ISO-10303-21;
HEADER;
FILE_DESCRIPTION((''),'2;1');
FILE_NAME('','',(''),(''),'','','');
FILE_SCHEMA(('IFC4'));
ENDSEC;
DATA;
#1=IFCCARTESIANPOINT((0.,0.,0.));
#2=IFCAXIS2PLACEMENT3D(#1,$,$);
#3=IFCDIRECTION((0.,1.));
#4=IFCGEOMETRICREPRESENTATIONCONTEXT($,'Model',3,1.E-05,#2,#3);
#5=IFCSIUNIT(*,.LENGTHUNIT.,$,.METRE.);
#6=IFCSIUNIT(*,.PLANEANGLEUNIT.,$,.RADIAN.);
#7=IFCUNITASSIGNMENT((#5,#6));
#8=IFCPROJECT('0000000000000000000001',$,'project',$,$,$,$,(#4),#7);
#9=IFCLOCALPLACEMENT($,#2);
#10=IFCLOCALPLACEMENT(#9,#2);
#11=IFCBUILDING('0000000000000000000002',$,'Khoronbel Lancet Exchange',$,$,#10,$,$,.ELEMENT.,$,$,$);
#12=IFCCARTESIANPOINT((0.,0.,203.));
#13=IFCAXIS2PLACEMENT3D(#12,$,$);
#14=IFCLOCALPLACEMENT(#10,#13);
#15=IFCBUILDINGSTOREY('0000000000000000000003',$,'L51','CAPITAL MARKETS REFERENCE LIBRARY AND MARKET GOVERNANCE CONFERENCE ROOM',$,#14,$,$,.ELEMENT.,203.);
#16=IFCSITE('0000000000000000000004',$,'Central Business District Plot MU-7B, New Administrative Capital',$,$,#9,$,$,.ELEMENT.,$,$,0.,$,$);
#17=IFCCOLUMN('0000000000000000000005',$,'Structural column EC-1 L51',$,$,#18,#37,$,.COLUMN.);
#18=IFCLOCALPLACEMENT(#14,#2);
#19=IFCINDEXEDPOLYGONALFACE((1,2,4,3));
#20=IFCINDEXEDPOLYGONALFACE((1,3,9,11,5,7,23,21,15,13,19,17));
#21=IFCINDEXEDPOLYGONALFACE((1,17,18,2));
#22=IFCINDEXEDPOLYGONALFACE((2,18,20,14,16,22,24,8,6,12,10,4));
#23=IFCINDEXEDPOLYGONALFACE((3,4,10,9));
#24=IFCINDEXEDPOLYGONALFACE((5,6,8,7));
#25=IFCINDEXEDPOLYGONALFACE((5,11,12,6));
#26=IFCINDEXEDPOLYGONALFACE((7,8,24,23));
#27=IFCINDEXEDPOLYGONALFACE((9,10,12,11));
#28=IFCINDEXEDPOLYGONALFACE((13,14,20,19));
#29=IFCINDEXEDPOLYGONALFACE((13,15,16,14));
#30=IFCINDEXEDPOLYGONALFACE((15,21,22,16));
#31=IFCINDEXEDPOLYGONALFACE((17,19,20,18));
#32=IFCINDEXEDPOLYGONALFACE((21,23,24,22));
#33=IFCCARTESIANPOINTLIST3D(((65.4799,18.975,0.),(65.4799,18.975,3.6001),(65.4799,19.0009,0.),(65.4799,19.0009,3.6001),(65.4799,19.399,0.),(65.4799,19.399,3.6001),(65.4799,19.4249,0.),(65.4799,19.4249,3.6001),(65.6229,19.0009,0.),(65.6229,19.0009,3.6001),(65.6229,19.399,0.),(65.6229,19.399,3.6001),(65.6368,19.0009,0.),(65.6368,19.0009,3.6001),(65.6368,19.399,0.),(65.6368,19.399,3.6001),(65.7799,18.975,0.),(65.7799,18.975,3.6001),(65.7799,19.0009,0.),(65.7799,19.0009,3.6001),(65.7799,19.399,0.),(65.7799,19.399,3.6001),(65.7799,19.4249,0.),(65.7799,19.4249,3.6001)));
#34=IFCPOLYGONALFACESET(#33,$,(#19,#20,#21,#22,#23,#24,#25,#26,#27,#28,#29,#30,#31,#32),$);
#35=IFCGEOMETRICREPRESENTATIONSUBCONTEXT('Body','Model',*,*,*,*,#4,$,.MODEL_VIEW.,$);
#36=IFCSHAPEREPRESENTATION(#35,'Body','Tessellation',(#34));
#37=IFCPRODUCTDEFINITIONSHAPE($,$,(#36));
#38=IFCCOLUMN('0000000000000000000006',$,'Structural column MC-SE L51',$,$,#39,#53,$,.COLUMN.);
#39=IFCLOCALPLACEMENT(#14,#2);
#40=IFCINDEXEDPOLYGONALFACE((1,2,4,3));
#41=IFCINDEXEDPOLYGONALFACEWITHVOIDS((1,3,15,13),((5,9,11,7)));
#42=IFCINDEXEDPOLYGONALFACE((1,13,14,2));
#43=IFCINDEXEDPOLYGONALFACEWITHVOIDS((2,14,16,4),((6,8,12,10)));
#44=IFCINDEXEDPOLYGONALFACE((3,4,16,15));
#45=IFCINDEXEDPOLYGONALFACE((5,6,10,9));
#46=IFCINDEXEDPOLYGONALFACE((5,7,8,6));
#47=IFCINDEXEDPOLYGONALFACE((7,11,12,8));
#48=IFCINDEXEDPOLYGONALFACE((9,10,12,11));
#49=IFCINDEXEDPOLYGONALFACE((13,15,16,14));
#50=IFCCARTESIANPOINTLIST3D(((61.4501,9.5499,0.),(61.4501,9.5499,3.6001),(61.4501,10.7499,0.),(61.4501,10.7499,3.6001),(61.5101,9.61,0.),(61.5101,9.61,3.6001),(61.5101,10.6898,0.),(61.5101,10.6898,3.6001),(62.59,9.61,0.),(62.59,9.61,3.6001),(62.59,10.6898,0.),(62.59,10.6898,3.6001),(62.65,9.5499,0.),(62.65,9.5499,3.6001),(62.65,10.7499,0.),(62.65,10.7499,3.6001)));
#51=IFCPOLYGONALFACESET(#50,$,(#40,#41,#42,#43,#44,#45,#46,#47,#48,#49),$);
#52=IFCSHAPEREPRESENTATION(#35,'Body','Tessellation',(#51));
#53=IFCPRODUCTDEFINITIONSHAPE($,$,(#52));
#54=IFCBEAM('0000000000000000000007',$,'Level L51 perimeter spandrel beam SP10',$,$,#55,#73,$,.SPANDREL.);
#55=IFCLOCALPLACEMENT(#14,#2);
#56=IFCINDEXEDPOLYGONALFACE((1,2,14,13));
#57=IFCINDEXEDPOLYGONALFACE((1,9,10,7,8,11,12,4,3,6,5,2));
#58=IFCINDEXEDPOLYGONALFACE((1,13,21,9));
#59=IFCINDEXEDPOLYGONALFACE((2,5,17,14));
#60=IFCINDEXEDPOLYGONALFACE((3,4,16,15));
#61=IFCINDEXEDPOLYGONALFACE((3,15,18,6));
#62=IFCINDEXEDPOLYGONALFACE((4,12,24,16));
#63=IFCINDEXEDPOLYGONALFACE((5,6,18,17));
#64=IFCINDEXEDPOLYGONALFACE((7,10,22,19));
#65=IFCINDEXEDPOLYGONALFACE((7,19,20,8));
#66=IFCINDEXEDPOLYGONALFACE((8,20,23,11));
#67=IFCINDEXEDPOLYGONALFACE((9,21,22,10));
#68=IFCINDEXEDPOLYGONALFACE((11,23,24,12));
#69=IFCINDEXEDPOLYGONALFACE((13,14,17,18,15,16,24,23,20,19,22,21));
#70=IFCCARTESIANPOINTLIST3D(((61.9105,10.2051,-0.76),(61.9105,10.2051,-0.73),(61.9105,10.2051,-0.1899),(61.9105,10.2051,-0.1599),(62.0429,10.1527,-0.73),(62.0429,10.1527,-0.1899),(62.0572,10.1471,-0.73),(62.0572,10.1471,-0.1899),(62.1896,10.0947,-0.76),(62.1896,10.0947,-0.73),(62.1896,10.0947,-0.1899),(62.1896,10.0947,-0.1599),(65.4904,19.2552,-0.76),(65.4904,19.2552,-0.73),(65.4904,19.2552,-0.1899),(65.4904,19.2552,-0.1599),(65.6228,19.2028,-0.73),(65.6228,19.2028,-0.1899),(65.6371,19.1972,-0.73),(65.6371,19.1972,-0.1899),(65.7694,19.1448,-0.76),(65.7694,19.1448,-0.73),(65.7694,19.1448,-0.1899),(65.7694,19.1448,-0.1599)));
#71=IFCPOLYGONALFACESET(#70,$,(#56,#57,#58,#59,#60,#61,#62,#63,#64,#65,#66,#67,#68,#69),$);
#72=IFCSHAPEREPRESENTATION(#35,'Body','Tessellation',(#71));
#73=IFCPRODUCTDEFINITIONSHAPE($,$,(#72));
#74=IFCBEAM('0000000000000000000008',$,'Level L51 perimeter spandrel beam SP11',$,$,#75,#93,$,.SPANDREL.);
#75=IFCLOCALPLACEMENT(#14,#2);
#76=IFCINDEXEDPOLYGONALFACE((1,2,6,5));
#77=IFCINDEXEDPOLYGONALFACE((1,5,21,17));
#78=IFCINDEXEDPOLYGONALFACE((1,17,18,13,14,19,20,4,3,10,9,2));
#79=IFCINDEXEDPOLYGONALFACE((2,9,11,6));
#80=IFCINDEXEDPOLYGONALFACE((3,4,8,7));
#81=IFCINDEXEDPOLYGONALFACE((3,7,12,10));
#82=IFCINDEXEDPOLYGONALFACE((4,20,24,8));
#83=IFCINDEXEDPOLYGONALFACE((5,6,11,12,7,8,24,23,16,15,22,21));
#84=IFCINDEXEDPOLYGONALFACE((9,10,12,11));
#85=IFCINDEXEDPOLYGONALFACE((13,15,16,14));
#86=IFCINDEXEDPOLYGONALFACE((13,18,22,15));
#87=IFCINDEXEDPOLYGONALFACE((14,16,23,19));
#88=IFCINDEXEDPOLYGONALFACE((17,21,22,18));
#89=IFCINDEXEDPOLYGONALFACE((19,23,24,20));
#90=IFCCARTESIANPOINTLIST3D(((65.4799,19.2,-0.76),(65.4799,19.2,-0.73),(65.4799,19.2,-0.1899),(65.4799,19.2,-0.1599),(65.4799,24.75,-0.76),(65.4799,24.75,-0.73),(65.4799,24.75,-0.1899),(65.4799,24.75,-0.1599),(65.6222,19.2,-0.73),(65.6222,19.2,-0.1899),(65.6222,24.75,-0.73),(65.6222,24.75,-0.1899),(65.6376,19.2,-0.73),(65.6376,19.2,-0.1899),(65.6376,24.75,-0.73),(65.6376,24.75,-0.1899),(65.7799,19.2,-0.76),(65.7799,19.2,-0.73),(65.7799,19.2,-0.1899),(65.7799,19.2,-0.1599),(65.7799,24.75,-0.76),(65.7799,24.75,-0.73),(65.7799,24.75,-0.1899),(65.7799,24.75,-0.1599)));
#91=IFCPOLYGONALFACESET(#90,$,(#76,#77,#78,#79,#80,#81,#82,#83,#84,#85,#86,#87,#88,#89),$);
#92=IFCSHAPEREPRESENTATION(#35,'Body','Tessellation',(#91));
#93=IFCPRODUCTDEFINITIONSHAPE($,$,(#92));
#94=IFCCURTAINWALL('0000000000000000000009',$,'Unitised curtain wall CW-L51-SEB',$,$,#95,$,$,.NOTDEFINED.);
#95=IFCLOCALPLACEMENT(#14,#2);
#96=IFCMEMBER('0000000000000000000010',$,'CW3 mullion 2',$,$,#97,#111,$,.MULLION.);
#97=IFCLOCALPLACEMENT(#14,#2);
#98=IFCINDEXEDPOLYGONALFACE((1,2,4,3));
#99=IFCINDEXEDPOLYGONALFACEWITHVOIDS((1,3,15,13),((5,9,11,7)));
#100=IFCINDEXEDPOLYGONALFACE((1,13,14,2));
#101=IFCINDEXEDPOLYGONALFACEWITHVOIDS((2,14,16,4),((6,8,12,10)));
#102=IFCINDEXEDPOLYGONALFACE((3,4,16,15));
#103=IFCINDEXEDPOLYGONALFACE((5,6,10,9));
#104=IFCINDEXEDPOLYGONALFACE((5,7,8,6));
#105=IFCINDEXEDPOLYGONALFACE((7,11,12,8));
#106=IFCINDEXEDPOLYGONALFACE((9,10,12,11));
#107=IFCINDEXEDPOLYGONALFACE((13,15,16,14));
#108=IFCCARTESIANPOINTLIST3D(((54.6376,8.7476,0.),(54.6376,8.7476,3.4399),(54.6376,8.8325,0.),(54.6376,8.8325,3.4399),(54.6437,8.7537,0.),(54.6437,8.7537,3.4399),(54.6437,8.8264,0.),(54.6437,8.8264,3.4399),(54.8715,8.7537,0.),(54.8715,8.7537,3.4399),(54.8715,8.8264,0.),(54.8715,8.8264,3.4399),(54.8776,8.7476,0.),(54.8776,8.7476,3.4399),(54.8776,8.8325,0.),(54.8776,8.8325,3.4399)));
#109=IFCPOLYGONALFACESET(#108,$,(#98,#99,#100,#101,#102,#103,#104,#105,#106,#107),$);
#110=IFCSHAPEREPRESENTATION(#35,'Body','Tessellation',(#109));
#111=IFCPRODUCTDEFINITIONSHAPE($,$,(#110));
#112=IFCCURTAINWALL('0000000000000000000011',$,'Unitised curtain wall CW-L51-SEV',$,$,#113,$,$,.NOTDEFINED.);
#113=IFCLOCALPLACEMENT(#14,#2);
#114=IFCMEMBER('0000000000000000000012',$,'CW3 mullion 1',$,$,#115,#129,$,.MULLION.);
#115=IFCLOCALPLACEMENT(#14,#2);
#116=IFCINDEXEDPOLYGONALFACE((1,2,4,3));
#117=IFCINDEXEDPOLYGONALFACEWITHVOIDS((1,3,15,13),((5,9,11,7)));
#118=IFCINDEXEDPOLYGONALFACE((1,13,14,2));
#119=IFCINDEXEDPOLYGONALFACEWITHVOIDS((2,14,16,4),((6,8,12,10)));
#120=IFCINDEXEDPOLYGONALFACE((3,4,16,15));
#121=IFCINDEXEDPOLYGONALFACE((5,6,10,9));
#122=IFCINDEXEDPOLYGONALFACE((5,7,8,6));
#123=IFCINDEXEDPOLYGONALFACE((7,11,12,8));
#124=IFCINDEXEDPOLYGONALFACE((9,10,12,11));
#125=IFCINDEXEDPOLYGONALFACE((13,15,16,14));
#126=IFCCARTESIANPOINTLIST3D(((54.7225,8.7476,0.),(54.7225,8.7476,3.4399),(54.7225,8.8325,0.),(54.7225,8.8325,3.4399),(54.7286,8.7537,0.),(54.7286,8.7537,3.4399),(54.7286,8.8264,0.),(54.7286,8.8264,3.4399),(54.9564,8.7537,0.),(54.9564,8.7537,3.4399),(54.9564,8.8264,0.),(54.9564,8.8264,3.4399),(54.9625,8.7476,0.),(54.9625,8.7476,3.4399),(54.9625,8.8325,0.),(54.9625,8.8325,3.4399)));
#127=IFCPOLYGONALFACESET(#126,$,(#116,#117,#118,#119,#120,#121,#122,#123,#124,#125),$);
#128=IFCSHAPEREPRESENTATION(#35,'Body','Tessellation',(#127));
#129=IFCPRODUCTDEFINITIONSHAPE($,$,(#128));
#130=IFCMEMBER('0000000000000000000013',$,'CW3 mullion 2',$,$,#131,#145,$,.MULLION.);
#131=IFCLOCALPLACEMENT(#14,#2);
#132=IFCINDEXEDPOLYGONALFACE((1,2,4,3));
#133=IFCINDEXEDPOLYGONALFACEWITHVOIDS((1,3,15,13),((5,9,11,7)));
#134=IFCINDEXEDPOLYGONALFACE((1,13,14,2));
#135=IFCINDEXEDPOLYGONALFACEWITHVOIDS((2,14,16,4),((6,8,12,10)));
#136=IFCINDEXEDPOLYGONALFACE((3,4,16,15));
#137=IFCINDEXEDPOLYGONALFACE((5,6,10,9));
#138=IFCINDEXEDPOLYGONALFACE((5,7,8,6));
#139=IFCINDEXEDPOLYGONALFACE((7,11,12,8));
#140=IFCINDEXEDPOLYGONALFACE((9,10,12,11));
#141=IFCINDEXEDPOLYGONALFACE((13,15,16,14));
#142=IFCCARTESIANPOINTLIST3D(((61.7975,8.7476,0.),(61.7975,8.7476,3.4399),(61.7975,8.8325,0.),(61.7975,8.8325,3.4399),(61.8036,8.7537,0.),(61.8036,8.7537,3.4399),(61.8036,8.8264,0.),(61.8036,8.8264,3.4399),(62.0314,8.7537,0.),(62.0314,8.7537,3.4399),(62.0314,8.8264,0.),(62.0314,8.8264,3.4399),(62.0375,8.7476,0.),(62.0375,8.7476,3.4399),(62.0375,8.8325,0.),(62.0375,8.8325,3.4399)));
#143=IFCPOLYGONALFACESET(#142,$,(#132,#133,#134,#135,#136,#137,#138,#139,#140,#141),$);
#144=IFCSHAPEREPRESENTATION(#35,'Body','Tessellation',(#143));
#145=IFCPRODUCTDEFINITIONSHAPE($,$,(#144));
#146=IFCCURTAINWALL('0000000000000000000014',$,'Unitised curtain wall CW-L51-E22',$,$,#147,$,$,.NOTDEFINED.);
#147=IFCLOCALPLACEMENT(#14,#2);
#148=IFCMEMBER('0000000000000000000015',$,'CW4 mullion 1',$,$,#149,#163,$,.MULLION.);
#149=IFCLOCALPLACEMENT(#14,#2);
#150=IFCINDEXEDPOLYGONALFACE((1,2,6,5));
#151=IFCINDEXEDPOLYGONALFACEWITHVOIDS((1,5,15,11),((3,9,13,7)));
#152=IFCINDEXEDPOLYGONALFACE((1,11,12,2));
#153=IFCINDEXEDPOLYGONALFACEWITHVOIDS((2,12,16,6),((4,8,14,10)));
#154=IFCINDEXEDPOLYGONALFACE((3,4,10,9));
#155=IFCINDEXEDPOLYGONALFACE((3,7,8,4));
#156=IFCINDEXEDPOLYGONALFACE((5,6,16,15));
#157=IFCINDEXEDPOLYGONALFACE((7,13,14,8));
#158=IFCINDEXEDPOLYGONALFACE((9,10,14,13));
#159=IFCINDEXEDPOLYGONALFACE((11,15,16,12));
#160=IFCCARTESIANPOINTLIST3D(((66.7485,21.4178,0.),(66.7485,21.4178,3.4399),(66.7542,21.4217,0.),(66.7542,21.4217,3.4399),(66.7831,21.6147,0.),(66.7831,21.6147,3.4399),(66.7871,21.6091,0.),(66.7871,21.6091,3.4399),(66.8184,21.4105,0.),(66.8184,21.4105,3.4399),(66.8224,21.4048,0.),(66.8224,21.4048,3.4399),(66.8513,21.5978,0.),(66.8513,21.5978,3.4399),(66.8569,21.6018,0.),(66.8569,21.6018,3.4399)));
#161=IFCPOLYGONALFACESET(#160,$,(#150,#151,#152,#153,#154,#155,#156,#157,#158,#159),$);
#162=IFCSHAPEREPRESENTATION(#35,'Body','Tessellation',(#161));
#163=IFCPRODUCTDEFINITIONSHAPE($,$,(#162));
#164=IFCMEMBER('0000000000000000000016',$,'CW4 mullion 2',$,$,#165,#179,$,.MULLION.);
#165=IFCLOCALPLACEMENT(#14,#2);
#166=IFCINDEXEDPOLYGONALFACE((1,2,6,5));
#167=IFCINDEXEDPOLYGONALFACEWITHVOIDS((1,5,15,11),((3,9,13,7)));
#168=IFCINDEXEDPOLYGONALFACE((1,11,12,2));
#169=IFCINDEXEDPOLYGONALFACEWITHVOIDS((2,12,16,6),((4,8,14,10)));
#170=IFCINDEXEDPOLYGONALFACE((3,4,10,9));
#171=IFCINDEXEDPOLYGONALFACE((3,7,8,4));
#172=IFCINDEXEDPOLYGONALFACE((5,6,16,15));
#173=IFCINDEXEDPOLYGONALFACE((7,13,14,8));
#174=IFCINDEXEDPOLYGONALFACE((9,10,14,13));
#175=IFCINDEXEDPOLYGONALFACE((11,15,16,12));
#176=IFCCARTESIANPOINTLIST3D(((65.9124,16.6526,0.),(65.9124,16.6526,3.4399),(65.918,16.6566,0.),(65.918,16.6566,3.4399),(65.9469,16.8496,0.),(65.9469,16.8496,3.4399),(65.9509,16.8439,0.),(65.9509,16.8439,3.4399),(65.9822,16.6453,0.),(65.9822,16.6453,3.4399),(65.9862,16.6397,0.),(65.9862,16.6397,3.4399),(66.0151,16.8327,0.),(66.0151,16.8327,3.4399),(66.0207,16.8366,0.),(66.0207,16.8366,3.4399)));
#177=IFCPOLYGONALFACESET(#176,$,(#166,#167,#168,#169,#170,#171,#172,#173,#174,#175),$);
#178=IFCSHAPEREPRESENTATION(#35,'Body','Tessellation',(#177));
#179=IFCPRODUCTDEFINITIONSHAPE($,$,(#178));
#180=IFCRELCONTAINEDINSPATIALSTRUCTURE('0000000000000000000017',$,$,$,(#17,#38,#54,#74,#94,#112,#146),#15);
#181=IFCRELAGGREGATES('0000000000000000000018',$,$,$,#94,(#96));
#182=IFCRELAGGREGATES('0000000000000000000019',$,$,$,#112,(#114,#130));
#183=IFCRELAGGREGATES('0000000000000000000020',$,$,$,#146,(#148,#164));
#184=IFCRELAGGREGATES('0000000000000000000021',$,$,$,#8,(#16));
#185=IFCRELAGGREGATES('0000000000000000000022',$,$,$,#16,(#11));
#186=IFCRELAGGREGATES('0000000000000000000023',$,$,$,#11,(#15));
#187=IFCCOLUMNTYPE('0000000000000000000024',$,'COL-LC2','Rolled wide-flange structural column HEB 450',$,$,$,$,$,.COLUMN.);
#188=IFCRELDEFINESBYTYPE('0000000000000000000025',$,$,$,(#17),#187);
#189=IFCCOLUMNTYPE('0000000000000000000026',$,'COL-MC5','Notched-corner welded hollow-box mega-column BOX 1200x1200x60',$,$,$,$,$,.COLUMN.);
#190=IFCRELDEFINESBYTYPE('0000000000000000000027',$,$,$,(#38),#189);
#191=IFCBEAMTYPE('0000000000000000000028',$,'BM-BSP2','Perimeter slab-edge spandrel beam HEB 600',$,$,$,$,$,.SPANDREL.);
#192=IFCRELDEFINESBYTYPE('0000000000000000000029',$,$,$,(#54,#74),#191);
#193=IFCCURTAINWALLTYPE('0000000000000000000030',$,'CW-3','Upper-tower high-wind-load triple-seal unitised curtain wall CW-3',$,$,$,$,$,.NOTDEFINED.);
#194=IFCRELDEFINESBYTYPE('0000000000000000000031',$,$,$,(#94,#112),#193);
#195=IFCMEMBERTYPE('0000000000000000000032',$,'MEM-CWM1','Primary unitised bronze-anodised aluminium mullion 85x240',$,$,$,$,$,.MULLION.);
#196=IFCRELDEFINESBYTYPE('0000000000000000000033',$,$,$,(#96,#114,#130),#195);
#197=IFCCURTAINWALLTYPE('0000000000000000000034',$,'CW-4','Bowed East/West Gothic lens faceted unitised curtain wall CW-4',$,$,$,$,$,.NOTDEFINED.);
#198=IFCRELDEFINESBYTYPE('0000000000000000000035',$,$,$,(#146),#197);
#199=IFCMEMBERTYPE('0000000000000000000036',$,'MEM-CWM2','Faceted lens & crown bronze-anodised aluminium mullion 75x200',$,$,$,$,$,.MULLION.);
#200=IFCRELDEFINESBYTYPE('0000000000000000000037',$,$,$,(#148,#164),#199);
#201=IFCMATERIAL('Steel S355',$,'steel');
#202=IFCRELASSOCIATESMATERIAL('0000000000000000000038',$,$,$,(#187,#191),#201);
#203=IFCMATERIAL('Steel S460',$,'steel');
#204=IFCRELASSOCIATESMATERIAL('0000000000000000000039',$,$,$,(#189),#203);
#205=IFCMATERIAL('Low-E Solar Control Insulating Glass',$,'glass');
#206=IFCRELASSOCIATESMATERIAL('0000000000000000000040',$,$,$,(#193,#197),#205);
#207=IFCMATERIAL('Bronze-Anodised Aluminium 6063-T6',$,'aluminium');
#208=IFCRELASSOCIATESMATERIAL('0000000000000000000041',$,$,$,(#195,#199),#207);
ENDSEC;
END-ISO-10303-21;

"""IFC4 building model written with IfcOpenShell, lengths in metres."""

from ifc_helpers import new_model, si_unit, direction, frame, origin, origin_2d, place, context, subcontext, project, spatial, hollow_rectangle, i_section, extrude, material, material_profile, profile_set, type_object, element, aggregate, save


model = new_model("IFC4")

# Units and contexts
model_context = context("Model", 3, precision=1e-05, world=origin(), true_north=direction((0.0, 1.0)))
body_context = subcontext(model_context, "Body", "Model", "MODEL_VIEW")
ifc_project = project(units=[si_unit("LENGTHUNIT", "METRE"), si_unit("PLANEANGLEUNIT", "RADIAN")], contexts=[model_context])

# Site, building, storey
site_placement = place(None, origin())
site = spatial("IfcSite", under=ifc_project, at=site_placement, Name="Central Business District Plot MU-7B, New Administrative Capital", CompositionType="ELEMENT", RefElevation=0.0)
building_placement = place(site_placement, origin())
building = spatial("IfcBuilding", under=site, at=building_placement, Name="Khoronbel Lancet Exchange", CompositionType="ELEMENT")
storey_placement = place(building_placement, frame((0.0, 0.0, 203.0)))
storey = spatial("IfcBuildingStorey", under=building, at=storey_placement, Name="L51", Description="CAPITAL MARKETS REFERENCE LIBRARY AND MARKET GOVERNANCE CONFERENCE ROOM", CompositionType="ELEMENT", Elevation=203.0)

# Columns
ifc_material_1 = material(Name="Steel S355", Category="steel")
ifc_material_profile_1 = material_profile(ifc_material_1, i_section(OverallWidth=0.3, OverallDepth=0.45, WebThickness=0.0139, FlangeThickness=0.0259, at=origin_2d()), Name="HEB 450")
ifc_profile_set_1 = profile_set([ifc_material_profile_1], Name="Steel S355")
column_type_1 = type_object("IfcColumnType", Name="COL-LC2", Description="Rolled wide-flange structural column HEB 450", PredefinedType="COLUMN", material=ifc_profile_set_1)
column_1_placement = place(storey_placement, frame((65.6299, 19.2, 0.0), z_axis=(0.0, 0.0, 1.0), x_axis=(1.0, 0.0, 0.0)))
element("IfcColumn", 1, at=column_1_placement, inside=storey, type_object=column_type_1, Name="Structural column EC-1 L51", PredefinedType="COLUMN", context=body_context, shape_type="SweptSolid", body=[
    extrude(i_section(OverallWidth=0.3, OverallDepth=0.45, WebThickness=0.0139, FlangeThickness=0.0259, at=origin_2d()), origin(), (0.0, 0.0, 1.0), 3.6001),
])
ifc_material_2 = material(Name="Steel S460", Category="steel")
ifc_material_profile_2 = material_profile(ifc_material_2, hollow_rectangle(XDim=1.2, YDim=1.2, WallThickness=0.0601, at=origin_2d()), Name="BOX 1200x1200x60")
ifc_profile_set_2 = profile_set([ifc_material_profile_2], Name="Steel S460")
column_type_2 = type_object("IfcColumnType", Name="COL-MC5", Description="Notched-corner welded hollow-box mega-column BOX 1200x1200x60", PredefinedType="COLUMN", material=ifc_profile_set_2)
column_2_placement = place(storey_placement, frame((62.05, 10.1499, 0.0), z_axis=(0.0, 0.0, 1.0), x_axis=(1.0, 0.0, 0.0)))
element("IfcColumn", 2, at=column_2_placement, inside=storey, type_object=column_type_2, Name="Structural column MC-SE L51", PredefinedType="COLUMN", context=body_context, shape_type="SweptSolid", body=[
    extrude(hollow_rectangle(XDim=1.2, YDim=1.2, WallThickness=0.0601, at=origin_2d()), origin(), (0.0, 0.0, 1.0), 3.6001),
])

# Beams
ifc_material_profile_3 = material_profile(ifc_material_1, i_section(OverallWidth=0.3, OverallDepth=0.6001, WebThickness=0.0154, FlangeThickness=0.03, at=origin_2d()), Name="HEB 600")
ifc_profile_set_3 = profile_set([ifc_material_profile_3], Name="Steel S355")
beam_type = type_object("IfcBeamType", Name="BM-BSP2", Description="Perimeter slab-edge spandrel beam HEB 600", PredefinedType="SPANDREL", material=ifc_profile_set_3)
beam_1_placement = place(storey_placement, frame((62.05, 10.1499, -0.46), z_axis=(0.367828, 0.929894, 0.0), x_axis=(-0.929894, 0.367828, 0.0)))
element("IfcBeam", 3, at=beam_1_placement, inside=storey, type_object=beam_type, Name="Level L51 perimeter spandrel beam SP10", PredefinedType="SPANDREL", context=body_context, shape_type="SweptSolid", body=[
    extrude(i_section(OverallWidth=0.3, OverallDepth=0.6001, WebThickness=0.0154, FlangeThickness=0.03, at=origin_2d()), origin(), (0.0, 0.0, 1.0), 9.7324),
])
beam_2_placement = place(storey_placement, frame((65.6299, 19.2, -0.46), z_axis=(0.0, 1.0, 0.0), x_axis=(-1.0, 0.0, 0.0)))
element("IfcBeam", 4, at=beam_2_placement, inside=storey, type_object=beam_type, Name="Level L51 perimeter spandrel beam SP11", PredefinedType="SPANDREL", context=body_context, shape_type="SweptSolid", body=[
    extrude(i_section(OverallWidth=0.3, OverallDepth=0.6001, WebThickness=0.0154, FlangeThickness=0.03, at=origin_2d()), origin(), (0.0, 0.0, 1.0), 5.55),
])

# Curtain wall, member
ifc_material_3 = material(Name="Low-E Solar Control Insulating Glass", Category="glass")
curtain_wall_type_1 = type_object("IfcCurtainWallType", Name="CW-3", Description="Upper-tower high-wind-load triple-seal unitised curtain wall CW-3", PredefinedType="NOTDEFINED", material=ifc_material_3)
curtain_wall_1_placement = place(storey_placement, origin())
curtain_wall_1 = element("IfcCurtainWall", 5, at=curtain_wall_1_placement, inside=storey, type_object=curtain_wall_type_1, Name="Unitised curtain wall CW-L51-SEB", PredefinedType="NOTDEFINED")
ifc_material_4 = material(Name="Bronze-Anodised Aluminium 6063-T6", Category="aluminium")
ifc_material_profile_4 = material_profile(ifc_material_4, hollow_rectangle(XDim=0.085, YDim=0.24, WallThickness=0.0061, at=origin_2d()), Name="ALU MULLION 85x240")
ifc_profile_set_4 = profile_set([ifc_material_profile_4], Name="Bronze-Anodised Aluminium 6063-T6")
member_type_1 = type_object("IfcMemberType", Name="MEM-CWM1", Description="Primary unitised bronze-anodised aluminium mullion 85x240", PredefinedType="MULLION", material=ifc_profile_set_4)
member_1_placement = place(storey_placement, frame((54.7576, 8.79, 0.0), z_axis=(0.0, 0.0, 1.0), x_axis=(0.0, 1.0, 0.0)))
member_1 = element("IfcMember", 6, at=member_1_placement, type_object=member_type_1, Name="CW3 mullion 2", PredefinedType="MULLION", context=body_context, shape_type="SweptSolid", body=[
    extrude(hollow_rectangle(XDim=0.085, YDim=0.24, WallThickness=0.0061, at=origin_2d()), origin(), (0.0, 0.0, 1.0), 3.4399),
])
aggregate(curtain_wall_1, [member_1])

# Curtain walls, members
curtain_wall_2_placement = place(storey_placement, origin())
curtain_wall_2 = element("IfcCurtainWall", 7, at=curtain_wall_2_placement, inside=storey, type_object=curtain_wall_type_1, Name="Unitised curtain wall CW-L51-SEV", PredefinedType="NOTDEFINED")
member_2_placement = place(storey_placement, frame((54.8425, 8.79, 0.0), z_axis=(0.0, 0.0, 1.0), x_axis=(0.0, 1.0, 0.0)))
member_2 = element("IfcMember", 8, at=member_2_placement, type_object=member_type_1, Name="CW3 mullion 1", PredefinedType="MULLION", context=body_context, shape_type="SweptSolid", body=[
    extrude(hollow_rectangle(XDim=0.085, YDim=0.24, WallThickness=0.0061, at=origin_2d()), origin(), (0.0, 0.0, 1.0), 3.4399),
])
member_3_placement = place(storey_placement, frame((61.9175, 8.79, 0.0), z_axis=(0.0, 0.0, 1.0), x_axis=(0.0, 1.0, 0.0)))
member_3 = element("IfcMember", 9, at=member_3_placement, type_object=member_type_1, Name="CW3 mullion 2", PredefinedType="MULLION", context=body_context, shape_type="SweptSolid", body=[
    extrude(hollow_rectangle(XDim=0.085, YDim=0.24, WallThickness=0.0061, at=origin_2d()), origin(), (0.0, 0.0, 1.0), 3.4399),
])
curtain_wall_type_2 = type_object("IfcCurtainWallType", Name="CW-4", Description="Bowed East/West Gothic lens faceted unitised curtain wall CW-4", PredefinedType="NOTDEFINED", material=ifc_material_3)
curtain_wall_3_placement = place(storey_placement, origin())
curtain_wall_3 = element("IfcCurtainWall", 10, at=curtain_wall_3_placement, inside=storey, type_object=curtain_wall_type_2, Name="Unitised curtain wall CW-L51-E22", PredefinedType="NOTDEFINED")
ifc_material_profile_5 = material_profile(ifc_material_4, hollow_rectangle(XDim=0.075, YDim=0.2, WallThickness=0.0049, at=origin_2d()), Name="ALU MULLION 75x200")
ifc_profile_set_5 = profile_set([ifc_material_profile_5], Name="Bronze-Anodised Aluminium 6063-T6")
member_type_2 = type_object("IfcMemberType", Name="MEM-CWM2", Description="Faceted lens & crown bronze-anodised aluminium mullion 75x200", PredefinedType="MULLION", material=ifc_profile_set_5)
member_4_placement = place(storey_placement, frame((66.8027, 21.5098, 0.0), z_axis=(0.0, 0.0, 1.0), x_axis=(0.984945, -0.172869, 0.0)))
member_4 = element("IfcMember", 11, at=member_4_placement, type_object=member_type_2, Name="CW4 mullion 1", PredefinedType="MULLION", context=body_context, shape_type="SweptSolid", body=[
    extrude(hollow_rectangle(XDim=0.075, YDim=0.2, WallThickness=0.0049, at=origin_2d()), origin(), (0.0, 0.0, 1.0), 3.4399),
])
member_5_placement = place(storey_placement, frame((65.9666, 16.7446, 0.0), z_axis=(0.0, 0.0, 1.0), x_axis=(0.984945, -0.172869, 0.0)))
member_5 = element("IfcMember", 12, at=member_5_placement, type_object=member_type_2, Name="CW4 mullion 2", PredefinedType="MULLION", context=body_context, shape_type="SweptSolid", body=[
    extrude(hollow_rectangle(XDim=0.075, YDim=0.2, WallThickness=0.0049, at=origin_2d()), origin(), (0.0, 0.0, 1.0), 3.4399),
])

aggregate(curtain_wall_2, [member_2, member_3])
aggregate(curtain_wall_3, [member_4, member_5])

save(model, "model.ifc")
